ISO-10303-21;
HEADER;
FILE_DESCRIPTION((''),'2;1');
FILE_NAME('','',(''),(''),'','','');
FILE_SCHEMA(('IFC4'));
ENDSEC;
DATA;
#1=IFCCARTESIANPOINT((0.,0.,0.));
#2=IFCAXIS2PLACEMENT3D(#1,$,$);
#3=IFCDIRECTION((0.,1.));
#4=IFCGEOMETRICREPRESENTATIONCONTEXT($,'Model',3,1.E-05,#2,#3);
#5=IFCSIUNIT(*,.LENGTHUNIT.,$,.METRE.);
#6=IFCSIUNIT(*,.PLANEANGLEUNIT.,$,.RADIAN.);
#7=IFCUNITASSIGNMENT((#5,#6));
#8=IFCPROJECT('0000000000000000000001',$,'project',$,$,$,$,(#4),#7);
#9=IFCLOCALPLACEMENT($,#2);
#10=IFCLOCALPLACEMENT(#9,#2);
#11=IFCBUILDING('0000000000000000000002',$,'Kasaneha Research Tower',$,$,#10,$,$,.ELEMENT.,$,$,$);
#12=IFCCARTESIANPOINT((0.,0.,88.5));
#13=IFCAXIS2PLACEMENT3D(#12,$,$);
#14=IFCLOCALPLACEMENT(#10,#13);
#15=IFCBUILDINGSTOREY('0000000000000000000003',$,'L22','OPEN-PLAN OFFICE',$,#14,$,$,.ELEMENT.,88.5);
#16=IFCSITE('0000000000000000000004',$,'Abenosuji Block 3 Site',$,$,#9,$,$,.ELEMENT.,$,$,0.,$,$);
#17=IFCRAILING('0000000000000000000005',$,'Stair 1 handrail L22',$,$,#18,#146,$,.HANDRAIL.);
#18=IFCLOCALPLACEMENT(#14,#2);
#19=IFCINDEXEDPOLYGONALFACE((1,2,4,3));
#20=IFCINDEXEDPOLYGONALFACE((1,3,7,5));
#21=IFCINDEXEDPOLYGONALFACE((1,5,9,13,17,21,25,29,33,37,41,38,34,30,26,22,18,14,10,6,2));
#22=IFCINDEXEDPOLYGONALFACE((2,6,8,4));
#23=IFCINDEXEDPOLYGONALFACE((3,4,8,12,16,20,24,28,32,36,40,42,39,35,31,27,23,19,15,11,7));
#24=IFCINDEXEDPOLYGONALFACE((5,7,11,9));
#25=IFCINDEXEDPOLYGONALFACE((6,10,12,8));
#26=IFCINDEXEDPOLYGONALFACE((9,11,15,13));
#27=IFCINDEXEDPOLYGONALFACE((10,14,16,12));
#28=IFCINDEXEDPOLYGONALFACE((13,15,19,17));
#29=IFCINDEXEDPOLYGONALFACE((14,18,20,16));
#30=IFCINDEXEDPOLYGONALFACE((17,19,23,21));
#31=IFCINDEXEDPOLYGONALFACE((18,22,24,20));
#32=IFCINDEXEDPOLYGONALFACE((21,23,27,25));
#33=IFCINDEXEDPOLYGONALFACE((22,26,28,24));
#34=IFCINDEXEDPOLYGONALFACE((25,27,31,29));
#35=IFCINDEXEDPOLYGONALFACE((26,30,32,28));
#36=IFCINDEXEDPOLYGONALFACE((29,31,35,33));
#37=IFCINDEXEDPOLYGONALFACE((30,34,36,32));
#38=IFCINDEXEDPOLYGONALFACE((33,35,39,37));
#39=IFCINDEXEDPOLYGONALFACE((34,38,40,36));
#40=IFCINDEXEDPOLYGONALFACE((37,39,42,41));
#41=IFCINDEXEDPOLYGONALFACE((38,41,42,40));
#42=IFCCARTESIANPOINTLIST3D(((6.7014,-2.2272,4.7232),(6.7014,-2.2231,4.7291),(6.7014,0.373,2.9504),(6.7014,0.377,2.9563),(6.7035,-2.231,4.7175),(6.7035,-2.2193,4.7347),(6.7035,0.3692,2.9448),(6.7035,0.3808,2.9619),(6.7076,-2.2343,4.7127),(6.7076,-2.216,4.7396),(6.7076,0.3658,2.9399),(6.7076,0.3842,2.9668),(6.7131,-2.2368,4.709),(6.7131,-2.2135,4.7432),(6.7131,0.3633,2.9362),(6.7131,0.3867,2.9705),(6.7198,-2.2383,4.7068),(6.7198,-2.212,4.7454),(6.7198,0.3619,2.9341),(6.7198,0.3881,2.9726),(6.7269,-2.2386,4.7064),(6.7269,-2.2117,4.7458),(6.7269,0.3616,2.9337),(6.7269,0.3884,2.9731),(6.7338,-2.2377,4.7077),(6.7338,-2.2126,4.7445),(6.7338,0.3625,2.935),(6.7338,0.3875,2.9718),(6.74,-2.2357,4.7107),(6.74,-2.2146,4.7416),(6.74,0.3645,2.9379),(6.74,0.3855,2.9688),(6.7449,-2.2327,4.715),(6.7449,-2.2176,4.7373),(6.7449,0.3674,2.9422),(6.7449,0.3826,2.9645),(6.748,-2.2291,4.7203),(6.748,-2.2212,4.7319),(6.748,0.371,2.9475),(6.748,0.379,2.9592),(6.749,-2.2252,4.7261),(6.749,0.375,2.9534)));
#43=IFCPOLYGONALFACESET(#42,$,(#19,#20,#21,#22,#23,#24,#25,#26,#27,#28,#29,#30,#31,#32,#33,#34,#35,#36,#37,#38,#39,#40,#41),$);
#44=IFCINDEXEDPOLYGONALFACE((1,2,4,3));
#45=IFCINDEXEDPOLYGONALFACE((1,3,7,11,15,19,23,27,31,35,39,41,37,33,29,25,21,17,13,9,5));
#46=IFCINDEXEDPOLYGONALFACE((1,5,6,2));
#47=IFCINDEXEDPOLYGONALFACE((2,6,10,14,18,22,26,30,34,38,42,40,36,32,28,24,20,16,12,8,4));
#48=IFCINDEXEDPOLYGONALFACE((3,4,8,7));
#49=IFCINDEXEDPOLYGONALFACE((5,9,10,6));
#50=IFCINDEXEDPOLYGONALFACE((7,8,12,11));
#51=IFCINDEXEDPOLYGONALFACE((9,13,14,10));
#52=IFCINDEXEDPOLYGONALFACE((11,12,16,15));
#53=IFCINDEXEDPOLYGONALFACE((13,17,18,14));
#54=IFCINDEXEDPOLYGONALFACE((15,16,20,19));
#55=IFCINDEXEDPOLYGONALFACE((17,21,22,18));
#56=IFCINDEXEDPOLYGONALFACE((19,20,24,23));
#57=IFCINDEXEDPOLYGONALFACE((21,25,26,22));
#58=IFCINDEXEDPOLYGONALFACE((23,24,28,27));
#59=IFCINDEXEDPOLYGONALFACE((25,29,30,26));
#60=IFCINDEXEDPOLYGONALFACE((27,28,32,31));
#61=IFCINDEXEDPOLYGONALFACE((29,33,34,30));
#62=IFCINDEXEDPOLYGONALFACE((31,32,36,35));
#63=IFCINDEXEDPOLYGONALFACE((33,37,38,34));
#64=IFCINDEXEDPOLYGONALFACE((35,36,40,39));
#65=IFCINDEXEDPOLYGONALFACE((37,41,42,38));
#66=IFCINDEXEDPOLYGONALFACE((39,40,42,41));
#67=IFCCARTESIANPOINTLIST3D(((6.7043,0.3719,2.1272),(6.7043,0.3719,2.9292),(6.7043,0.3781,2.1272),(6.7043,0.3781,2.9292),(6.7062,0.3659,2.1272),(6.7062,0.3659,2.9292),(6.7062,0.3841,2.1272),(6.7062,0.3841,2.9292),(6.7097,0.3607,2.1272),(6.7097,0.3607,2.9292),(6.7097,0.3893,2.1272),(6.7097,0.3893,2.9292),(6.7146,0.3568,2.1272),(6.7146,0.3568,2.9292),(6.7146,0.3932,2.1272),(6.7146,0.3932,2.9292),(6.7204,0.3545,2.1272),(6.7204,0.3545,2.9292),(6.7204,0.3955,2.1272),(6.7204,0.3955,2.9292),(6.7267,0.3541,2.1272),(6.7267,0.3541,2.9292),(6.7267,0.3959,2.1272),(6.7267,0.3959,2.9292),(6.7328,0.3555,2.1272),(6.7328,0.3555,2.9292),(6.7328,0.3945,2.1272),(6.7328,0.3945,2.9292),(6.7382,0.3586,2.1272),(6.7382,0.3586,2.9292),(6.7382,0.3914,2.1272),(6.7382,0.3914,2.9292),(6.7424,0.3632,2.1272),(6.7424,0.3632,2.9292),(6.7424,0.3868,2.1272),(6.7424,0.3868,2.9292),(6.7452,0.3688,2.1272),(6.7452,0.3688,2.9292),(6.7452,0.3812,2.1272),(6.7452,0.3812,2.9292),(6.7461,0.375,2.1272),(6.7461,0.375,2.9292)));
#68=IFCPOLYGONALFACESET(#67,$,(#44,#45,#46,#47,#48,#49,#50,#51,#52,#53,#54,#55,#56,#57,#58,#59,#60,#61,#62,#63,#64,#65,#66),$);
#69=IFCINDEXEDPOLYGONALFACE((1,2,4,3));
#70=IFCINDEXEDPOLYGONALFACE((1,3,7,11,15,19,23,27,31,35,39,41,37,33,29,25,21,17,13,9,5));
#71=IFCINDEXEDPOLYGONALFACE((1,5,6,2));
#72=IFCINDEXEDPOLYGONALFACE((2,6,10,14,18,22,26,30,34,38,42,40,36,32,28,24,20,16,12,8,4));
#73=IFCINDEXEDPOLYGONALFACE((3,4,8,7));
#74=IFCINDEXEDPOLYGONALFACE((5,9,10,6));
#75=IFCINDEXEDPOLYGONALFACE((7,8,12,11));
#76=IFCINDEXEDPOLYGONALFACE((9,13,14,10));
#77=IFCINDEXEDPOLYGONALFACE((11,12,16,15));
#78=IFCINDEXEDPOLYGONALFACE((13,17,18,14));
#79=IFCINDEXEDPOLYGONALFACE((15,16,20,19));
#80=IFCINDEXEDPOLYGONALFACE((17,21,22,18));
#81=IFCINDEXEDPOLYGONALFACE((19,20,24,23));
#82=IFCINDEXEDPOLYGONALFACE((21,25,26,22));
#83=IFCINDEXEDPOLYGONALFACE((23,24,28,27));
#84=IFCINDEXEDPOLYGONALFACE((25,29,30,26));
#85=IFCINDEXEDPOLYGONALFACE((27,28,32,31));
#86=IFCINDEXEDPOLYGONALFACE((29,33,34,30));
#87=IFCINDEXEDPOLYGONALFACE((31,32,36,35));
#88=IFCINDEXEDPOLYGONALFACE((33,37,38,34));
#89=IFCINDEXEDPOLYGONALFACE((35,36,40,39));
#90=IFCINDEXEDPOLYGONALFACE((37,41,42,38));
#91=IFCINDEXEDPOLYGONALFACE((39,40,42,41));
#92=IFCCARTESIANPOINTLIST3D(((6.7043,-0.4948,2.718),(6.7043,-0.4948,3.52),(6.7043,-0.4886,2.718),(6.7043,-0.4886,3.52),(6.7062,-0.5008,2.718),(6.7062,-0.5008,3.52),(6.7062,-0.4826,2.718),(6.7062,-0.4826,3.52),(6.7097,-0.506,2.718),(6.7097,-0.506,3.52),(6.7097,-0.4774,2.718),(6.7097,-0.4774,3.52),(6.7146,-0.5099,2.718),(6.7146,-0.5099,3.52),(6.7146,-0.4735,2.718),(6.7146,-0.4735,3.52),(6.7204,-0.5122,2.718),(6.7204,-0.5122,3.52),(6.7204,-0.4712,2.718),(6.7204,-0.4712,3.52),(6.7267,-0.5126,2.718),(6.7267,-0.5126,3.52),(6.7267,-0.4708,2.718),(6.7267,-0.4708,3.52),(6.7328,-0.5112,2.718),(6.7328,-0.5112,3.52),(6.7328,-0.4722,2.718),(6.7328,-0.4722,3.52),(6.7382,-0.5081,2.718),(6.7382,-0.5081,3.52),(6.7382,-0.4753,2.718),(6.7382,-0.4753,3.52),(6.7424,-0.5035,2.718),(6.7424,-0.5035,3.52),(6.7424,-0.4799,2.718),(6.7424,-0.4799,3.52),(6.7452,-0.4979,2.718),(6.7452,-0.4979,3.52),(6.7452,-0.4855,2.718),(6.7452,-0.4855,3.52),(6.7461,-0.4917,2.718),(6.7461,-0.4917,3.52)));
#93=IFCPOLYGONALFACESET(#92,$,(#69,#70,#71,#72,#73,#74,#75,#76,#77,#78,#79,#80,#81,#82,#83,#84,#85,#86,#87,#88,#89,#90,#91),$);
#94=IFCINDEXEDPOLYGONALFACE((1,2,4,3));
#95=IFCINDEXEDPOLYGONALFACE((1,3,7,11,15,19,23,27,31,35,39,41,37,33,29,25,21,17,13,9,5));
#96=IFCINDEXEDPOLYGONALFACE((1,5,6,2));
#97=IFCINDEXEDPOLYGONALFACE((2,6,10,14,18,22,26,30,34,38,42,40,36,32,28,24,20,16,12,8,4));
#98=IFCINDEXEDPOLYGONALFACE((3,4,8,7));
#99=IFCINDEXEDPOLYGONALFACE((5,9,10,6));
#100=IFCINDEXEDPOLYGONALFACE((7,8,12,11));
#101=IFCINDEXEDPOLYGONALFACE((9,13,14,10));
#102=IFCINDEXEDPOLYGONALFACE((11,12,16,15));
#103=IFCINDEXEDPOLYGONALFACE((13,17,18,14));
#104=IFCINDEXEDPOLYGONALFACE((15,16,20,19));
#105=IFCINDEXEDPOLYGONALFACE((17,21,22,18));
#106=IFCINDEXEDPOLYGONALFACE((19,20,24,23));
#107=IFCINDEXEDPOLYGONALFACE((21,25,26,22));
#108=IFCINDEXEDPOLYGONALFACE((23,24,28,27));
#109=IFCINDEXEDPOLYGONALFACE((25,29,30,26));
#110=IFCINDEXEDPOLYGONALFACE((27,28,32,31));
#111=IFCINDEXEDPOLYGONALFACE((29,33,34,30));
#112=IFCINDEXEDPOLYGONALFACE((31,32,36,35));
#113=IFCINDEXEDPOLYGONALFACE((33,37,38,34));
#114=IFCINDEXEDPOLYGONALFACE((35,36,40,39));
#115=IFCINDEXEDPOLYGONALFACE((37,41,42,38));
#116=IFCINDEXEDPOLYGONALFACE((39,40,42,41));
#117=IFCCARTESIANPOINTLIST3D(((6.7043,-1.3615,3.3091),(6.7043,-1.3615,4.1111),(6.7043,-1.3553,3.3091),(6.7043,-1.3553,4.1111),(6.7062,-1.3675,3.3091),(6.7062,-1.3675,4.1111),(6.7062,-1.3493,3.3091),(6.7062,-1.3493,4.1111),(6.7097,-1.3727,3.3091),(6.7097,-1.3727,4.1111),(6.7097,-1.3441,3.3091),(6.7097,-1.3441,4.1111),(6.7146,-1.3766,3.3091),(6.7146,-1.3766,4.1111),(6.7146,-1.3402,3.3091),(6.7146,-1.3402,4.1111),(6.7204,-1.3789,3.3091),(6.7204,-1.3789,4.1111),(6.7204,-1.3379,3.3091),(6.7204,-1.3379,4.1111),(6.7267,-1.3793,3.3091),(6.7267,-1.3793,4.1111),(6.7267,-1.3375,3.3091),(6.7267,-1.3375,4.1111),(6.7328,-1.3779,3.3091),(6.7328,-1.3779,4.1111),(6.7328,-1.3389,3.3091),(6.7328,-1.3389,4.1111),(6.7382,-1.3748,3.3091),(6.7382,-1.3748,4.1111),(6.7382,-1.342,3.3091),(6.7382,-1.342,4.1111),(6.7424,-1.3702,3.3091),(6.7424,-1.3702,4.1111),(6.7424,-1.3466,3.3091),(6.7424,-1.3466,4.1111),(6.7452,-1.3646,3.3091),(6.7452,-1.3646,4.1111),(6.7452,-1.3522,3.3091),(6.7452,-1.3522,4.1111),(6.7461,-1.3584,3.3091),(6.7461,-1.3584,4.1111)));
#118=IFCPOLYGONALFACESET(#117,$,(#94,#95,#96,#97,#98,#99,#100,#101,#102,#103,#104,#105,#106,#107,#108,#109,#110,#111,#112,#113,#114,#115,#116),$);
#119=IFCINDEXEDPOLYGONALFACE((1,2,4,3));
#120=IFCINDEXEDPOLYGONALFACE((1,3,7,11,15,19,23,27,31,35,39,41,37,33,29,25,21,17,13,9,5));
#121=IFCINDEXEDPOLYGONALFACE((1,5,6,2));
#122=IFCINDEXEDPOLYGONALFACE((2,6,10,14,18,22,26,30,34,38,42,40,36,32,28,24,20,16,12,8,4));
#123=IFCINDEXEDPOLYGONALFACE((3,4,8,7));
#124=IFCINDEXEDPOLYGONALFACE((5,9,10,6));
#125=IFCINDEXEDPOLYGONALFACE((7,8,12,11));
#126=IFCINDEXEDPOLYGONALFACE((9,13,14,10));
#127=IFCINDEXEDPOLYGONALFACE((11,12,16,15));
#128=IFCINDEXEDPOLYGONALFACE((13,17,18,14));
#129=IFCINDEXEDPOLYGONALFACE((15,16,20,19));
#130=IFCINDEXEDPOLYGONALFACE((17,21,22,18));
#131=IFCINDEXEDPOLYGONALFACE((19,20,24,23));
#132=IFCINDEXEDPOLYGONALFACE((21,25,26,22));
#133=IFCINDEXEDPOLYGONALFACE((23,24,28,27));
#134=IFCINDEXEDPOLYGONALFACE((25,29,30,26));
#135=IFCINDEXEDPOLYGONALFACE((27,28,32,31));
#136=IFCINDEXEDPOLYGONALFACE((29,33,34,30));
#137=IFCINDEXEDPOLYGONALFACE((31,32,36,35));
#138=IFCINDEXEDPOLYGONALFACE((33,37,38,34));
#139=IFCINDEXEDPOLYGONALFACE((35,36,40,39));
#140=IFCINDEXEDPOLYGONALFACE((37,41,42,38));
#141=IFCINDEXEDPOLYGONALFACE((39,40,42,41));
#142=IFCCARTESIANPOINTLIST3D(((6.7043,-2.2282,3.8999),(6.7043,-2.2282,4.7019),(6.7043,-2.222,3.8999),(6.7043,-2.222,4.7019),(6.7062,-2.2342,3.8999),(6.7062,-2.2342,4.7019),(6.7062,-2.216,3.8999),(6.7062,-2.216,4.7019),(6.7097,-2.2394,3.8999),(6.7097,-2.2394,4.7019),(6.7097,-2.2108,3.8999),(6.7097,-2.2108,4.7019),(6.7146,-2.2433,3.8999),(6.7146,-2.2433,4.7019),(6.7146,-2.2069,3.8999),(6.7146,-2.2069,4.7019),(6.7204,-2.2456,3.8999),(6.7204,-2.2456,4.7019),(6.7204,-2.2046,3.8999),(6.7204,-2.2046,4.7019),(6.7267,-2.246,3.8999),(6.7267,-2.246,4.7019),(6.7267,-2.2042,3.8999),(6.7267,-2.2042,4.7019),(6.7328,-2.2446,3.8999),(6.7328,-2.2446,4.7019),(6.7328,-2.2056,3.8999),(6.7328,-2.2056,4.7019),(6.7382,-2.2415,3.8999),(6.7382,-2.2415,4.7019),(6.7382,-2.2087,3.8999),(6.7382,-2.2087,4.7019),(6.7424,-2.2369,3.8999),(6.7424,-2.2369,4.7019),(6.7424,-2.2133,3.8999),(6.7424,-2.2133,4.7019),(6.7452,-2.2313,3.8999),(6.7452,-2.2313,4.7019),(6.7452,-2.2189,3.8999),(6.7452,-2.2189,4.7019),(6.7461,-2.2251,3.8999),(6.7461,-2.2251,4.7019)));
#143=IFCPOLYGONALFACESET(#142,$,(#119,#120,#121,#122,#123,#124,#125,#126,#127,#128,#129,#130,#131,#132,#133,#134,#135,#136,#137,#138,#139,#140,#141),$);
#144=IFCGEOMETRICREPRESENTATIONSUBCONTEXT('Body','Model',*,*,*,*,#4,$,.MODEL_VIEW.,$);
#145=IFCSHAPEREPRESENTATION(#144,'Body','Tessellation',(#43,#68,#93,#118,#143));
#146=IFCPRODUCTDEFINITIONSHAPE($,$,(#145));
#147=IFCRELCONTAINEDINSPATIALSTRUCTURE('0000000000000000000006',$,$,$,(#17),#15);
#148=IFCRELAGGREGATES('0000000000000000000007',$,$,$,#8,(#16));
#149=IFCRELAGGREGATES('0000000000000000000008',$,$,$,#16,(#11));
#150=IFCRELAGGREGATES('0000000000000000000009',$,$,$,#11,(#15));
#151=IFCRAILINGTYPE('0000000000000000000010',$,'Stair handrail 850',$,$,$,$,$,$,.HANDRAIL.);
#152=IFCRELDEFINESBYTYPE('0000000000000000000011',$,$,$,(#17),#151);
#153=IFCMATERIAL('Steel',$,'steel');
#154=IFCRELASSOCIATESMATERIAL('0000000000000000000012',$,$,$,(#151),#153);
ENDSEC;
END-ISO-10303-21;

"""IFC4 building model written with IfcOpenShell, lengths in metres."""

from ifc_helpers import new_model, si_unit, direction, frame, origin, origin_2d, place, context, subcontext, project, spatial, circle, extrude, material, type_object, element, save


model = new_model("IFC4")

# Units and contexts
model_context = context("Model", 3, precision=1e-05, world=origin(), true_north=direction((0.0, 1.0)))
body_context = subcontext(model_context, "Body", "Model", "MODEL_VIEW")
ifc_project = project(units=[si_unit("LENGTHUNIT", "METRE"), si_unit("PLANEANGLEUNIT", "RADIAN")], contexts=[model_context])

# Site, building, storey
site_placement = place(None, origin())
site = spatial("IfcSite", under=ifc_project, at=site_placement, Name="Abenosuji Block 3 Site", CompositionType="ELEMENT", RefElevation=0.0)
building_placement = place(site_placement, origin())
building = spatial("IfcBuilding", under=site, at=building_placement, Name="Kasaneha Research Tower", CompositionType="ELEMENT")
storey_placement = place(building_placement, frame((0.0, 0.0, 88.5)))
storey = spatial("IfcBuildingStorey", under=building, at=storey_placement, Name="L22", Description="OPEN-PLAN OFFICE", CompositionType="ELEMENT", Elevation=88.5)

# Railing
ifc_material_1 = material(Name="Steel", Category="steel")
railing_type = type_object("IfcRailingType", Name="Stair handrail 850", PredefinedType="HANDRAIL", material=ifc_material_1)
railing_placement = place(storey_placement, frame((6.7251, 0.375, 2.1272)))
element("IfcRailing", 1, at=railing_placement, inside=storey, type_object=railing_type, Name="Stair 1 handrail L22", PredefinedType="HANDRAIL", context=body_context, shape_type="SweptSolid", body=[
    extrude(circle(Radius=0.0239, at=origin_2d()), frame((0.0, 0.0, 0.8262), z_axis=(0.0, -0.82624, 0.563318), x_axis=(1.0, 0.0, 0.0)), (0.0, 0.0, 1.0), 3.147),
    extrude(circle(Radius=0.021, at=origin_2d()), origin(), (0.0, 0.0, 1.0), 0.802),
    extrude(circle(Radius=0.021, at=origin_2d()), frame((0.0, -0.8667, 0.5908)), (0.0, 0.0, 1.0), 0.802),
    extrude(circle(Radius=0.021, at=origin_2d()), frame((0.0, -1.7334, 1.1819)), (0.0, 0.0, 1.0), 0.802),
    extrude(circle(Radius=0.021, at=origin_2d()), frame((0.0, -2.6001, 1.7727)), (0.0, 0.0, 1.0), 0.802),
])

save(model, "model.ifc")
